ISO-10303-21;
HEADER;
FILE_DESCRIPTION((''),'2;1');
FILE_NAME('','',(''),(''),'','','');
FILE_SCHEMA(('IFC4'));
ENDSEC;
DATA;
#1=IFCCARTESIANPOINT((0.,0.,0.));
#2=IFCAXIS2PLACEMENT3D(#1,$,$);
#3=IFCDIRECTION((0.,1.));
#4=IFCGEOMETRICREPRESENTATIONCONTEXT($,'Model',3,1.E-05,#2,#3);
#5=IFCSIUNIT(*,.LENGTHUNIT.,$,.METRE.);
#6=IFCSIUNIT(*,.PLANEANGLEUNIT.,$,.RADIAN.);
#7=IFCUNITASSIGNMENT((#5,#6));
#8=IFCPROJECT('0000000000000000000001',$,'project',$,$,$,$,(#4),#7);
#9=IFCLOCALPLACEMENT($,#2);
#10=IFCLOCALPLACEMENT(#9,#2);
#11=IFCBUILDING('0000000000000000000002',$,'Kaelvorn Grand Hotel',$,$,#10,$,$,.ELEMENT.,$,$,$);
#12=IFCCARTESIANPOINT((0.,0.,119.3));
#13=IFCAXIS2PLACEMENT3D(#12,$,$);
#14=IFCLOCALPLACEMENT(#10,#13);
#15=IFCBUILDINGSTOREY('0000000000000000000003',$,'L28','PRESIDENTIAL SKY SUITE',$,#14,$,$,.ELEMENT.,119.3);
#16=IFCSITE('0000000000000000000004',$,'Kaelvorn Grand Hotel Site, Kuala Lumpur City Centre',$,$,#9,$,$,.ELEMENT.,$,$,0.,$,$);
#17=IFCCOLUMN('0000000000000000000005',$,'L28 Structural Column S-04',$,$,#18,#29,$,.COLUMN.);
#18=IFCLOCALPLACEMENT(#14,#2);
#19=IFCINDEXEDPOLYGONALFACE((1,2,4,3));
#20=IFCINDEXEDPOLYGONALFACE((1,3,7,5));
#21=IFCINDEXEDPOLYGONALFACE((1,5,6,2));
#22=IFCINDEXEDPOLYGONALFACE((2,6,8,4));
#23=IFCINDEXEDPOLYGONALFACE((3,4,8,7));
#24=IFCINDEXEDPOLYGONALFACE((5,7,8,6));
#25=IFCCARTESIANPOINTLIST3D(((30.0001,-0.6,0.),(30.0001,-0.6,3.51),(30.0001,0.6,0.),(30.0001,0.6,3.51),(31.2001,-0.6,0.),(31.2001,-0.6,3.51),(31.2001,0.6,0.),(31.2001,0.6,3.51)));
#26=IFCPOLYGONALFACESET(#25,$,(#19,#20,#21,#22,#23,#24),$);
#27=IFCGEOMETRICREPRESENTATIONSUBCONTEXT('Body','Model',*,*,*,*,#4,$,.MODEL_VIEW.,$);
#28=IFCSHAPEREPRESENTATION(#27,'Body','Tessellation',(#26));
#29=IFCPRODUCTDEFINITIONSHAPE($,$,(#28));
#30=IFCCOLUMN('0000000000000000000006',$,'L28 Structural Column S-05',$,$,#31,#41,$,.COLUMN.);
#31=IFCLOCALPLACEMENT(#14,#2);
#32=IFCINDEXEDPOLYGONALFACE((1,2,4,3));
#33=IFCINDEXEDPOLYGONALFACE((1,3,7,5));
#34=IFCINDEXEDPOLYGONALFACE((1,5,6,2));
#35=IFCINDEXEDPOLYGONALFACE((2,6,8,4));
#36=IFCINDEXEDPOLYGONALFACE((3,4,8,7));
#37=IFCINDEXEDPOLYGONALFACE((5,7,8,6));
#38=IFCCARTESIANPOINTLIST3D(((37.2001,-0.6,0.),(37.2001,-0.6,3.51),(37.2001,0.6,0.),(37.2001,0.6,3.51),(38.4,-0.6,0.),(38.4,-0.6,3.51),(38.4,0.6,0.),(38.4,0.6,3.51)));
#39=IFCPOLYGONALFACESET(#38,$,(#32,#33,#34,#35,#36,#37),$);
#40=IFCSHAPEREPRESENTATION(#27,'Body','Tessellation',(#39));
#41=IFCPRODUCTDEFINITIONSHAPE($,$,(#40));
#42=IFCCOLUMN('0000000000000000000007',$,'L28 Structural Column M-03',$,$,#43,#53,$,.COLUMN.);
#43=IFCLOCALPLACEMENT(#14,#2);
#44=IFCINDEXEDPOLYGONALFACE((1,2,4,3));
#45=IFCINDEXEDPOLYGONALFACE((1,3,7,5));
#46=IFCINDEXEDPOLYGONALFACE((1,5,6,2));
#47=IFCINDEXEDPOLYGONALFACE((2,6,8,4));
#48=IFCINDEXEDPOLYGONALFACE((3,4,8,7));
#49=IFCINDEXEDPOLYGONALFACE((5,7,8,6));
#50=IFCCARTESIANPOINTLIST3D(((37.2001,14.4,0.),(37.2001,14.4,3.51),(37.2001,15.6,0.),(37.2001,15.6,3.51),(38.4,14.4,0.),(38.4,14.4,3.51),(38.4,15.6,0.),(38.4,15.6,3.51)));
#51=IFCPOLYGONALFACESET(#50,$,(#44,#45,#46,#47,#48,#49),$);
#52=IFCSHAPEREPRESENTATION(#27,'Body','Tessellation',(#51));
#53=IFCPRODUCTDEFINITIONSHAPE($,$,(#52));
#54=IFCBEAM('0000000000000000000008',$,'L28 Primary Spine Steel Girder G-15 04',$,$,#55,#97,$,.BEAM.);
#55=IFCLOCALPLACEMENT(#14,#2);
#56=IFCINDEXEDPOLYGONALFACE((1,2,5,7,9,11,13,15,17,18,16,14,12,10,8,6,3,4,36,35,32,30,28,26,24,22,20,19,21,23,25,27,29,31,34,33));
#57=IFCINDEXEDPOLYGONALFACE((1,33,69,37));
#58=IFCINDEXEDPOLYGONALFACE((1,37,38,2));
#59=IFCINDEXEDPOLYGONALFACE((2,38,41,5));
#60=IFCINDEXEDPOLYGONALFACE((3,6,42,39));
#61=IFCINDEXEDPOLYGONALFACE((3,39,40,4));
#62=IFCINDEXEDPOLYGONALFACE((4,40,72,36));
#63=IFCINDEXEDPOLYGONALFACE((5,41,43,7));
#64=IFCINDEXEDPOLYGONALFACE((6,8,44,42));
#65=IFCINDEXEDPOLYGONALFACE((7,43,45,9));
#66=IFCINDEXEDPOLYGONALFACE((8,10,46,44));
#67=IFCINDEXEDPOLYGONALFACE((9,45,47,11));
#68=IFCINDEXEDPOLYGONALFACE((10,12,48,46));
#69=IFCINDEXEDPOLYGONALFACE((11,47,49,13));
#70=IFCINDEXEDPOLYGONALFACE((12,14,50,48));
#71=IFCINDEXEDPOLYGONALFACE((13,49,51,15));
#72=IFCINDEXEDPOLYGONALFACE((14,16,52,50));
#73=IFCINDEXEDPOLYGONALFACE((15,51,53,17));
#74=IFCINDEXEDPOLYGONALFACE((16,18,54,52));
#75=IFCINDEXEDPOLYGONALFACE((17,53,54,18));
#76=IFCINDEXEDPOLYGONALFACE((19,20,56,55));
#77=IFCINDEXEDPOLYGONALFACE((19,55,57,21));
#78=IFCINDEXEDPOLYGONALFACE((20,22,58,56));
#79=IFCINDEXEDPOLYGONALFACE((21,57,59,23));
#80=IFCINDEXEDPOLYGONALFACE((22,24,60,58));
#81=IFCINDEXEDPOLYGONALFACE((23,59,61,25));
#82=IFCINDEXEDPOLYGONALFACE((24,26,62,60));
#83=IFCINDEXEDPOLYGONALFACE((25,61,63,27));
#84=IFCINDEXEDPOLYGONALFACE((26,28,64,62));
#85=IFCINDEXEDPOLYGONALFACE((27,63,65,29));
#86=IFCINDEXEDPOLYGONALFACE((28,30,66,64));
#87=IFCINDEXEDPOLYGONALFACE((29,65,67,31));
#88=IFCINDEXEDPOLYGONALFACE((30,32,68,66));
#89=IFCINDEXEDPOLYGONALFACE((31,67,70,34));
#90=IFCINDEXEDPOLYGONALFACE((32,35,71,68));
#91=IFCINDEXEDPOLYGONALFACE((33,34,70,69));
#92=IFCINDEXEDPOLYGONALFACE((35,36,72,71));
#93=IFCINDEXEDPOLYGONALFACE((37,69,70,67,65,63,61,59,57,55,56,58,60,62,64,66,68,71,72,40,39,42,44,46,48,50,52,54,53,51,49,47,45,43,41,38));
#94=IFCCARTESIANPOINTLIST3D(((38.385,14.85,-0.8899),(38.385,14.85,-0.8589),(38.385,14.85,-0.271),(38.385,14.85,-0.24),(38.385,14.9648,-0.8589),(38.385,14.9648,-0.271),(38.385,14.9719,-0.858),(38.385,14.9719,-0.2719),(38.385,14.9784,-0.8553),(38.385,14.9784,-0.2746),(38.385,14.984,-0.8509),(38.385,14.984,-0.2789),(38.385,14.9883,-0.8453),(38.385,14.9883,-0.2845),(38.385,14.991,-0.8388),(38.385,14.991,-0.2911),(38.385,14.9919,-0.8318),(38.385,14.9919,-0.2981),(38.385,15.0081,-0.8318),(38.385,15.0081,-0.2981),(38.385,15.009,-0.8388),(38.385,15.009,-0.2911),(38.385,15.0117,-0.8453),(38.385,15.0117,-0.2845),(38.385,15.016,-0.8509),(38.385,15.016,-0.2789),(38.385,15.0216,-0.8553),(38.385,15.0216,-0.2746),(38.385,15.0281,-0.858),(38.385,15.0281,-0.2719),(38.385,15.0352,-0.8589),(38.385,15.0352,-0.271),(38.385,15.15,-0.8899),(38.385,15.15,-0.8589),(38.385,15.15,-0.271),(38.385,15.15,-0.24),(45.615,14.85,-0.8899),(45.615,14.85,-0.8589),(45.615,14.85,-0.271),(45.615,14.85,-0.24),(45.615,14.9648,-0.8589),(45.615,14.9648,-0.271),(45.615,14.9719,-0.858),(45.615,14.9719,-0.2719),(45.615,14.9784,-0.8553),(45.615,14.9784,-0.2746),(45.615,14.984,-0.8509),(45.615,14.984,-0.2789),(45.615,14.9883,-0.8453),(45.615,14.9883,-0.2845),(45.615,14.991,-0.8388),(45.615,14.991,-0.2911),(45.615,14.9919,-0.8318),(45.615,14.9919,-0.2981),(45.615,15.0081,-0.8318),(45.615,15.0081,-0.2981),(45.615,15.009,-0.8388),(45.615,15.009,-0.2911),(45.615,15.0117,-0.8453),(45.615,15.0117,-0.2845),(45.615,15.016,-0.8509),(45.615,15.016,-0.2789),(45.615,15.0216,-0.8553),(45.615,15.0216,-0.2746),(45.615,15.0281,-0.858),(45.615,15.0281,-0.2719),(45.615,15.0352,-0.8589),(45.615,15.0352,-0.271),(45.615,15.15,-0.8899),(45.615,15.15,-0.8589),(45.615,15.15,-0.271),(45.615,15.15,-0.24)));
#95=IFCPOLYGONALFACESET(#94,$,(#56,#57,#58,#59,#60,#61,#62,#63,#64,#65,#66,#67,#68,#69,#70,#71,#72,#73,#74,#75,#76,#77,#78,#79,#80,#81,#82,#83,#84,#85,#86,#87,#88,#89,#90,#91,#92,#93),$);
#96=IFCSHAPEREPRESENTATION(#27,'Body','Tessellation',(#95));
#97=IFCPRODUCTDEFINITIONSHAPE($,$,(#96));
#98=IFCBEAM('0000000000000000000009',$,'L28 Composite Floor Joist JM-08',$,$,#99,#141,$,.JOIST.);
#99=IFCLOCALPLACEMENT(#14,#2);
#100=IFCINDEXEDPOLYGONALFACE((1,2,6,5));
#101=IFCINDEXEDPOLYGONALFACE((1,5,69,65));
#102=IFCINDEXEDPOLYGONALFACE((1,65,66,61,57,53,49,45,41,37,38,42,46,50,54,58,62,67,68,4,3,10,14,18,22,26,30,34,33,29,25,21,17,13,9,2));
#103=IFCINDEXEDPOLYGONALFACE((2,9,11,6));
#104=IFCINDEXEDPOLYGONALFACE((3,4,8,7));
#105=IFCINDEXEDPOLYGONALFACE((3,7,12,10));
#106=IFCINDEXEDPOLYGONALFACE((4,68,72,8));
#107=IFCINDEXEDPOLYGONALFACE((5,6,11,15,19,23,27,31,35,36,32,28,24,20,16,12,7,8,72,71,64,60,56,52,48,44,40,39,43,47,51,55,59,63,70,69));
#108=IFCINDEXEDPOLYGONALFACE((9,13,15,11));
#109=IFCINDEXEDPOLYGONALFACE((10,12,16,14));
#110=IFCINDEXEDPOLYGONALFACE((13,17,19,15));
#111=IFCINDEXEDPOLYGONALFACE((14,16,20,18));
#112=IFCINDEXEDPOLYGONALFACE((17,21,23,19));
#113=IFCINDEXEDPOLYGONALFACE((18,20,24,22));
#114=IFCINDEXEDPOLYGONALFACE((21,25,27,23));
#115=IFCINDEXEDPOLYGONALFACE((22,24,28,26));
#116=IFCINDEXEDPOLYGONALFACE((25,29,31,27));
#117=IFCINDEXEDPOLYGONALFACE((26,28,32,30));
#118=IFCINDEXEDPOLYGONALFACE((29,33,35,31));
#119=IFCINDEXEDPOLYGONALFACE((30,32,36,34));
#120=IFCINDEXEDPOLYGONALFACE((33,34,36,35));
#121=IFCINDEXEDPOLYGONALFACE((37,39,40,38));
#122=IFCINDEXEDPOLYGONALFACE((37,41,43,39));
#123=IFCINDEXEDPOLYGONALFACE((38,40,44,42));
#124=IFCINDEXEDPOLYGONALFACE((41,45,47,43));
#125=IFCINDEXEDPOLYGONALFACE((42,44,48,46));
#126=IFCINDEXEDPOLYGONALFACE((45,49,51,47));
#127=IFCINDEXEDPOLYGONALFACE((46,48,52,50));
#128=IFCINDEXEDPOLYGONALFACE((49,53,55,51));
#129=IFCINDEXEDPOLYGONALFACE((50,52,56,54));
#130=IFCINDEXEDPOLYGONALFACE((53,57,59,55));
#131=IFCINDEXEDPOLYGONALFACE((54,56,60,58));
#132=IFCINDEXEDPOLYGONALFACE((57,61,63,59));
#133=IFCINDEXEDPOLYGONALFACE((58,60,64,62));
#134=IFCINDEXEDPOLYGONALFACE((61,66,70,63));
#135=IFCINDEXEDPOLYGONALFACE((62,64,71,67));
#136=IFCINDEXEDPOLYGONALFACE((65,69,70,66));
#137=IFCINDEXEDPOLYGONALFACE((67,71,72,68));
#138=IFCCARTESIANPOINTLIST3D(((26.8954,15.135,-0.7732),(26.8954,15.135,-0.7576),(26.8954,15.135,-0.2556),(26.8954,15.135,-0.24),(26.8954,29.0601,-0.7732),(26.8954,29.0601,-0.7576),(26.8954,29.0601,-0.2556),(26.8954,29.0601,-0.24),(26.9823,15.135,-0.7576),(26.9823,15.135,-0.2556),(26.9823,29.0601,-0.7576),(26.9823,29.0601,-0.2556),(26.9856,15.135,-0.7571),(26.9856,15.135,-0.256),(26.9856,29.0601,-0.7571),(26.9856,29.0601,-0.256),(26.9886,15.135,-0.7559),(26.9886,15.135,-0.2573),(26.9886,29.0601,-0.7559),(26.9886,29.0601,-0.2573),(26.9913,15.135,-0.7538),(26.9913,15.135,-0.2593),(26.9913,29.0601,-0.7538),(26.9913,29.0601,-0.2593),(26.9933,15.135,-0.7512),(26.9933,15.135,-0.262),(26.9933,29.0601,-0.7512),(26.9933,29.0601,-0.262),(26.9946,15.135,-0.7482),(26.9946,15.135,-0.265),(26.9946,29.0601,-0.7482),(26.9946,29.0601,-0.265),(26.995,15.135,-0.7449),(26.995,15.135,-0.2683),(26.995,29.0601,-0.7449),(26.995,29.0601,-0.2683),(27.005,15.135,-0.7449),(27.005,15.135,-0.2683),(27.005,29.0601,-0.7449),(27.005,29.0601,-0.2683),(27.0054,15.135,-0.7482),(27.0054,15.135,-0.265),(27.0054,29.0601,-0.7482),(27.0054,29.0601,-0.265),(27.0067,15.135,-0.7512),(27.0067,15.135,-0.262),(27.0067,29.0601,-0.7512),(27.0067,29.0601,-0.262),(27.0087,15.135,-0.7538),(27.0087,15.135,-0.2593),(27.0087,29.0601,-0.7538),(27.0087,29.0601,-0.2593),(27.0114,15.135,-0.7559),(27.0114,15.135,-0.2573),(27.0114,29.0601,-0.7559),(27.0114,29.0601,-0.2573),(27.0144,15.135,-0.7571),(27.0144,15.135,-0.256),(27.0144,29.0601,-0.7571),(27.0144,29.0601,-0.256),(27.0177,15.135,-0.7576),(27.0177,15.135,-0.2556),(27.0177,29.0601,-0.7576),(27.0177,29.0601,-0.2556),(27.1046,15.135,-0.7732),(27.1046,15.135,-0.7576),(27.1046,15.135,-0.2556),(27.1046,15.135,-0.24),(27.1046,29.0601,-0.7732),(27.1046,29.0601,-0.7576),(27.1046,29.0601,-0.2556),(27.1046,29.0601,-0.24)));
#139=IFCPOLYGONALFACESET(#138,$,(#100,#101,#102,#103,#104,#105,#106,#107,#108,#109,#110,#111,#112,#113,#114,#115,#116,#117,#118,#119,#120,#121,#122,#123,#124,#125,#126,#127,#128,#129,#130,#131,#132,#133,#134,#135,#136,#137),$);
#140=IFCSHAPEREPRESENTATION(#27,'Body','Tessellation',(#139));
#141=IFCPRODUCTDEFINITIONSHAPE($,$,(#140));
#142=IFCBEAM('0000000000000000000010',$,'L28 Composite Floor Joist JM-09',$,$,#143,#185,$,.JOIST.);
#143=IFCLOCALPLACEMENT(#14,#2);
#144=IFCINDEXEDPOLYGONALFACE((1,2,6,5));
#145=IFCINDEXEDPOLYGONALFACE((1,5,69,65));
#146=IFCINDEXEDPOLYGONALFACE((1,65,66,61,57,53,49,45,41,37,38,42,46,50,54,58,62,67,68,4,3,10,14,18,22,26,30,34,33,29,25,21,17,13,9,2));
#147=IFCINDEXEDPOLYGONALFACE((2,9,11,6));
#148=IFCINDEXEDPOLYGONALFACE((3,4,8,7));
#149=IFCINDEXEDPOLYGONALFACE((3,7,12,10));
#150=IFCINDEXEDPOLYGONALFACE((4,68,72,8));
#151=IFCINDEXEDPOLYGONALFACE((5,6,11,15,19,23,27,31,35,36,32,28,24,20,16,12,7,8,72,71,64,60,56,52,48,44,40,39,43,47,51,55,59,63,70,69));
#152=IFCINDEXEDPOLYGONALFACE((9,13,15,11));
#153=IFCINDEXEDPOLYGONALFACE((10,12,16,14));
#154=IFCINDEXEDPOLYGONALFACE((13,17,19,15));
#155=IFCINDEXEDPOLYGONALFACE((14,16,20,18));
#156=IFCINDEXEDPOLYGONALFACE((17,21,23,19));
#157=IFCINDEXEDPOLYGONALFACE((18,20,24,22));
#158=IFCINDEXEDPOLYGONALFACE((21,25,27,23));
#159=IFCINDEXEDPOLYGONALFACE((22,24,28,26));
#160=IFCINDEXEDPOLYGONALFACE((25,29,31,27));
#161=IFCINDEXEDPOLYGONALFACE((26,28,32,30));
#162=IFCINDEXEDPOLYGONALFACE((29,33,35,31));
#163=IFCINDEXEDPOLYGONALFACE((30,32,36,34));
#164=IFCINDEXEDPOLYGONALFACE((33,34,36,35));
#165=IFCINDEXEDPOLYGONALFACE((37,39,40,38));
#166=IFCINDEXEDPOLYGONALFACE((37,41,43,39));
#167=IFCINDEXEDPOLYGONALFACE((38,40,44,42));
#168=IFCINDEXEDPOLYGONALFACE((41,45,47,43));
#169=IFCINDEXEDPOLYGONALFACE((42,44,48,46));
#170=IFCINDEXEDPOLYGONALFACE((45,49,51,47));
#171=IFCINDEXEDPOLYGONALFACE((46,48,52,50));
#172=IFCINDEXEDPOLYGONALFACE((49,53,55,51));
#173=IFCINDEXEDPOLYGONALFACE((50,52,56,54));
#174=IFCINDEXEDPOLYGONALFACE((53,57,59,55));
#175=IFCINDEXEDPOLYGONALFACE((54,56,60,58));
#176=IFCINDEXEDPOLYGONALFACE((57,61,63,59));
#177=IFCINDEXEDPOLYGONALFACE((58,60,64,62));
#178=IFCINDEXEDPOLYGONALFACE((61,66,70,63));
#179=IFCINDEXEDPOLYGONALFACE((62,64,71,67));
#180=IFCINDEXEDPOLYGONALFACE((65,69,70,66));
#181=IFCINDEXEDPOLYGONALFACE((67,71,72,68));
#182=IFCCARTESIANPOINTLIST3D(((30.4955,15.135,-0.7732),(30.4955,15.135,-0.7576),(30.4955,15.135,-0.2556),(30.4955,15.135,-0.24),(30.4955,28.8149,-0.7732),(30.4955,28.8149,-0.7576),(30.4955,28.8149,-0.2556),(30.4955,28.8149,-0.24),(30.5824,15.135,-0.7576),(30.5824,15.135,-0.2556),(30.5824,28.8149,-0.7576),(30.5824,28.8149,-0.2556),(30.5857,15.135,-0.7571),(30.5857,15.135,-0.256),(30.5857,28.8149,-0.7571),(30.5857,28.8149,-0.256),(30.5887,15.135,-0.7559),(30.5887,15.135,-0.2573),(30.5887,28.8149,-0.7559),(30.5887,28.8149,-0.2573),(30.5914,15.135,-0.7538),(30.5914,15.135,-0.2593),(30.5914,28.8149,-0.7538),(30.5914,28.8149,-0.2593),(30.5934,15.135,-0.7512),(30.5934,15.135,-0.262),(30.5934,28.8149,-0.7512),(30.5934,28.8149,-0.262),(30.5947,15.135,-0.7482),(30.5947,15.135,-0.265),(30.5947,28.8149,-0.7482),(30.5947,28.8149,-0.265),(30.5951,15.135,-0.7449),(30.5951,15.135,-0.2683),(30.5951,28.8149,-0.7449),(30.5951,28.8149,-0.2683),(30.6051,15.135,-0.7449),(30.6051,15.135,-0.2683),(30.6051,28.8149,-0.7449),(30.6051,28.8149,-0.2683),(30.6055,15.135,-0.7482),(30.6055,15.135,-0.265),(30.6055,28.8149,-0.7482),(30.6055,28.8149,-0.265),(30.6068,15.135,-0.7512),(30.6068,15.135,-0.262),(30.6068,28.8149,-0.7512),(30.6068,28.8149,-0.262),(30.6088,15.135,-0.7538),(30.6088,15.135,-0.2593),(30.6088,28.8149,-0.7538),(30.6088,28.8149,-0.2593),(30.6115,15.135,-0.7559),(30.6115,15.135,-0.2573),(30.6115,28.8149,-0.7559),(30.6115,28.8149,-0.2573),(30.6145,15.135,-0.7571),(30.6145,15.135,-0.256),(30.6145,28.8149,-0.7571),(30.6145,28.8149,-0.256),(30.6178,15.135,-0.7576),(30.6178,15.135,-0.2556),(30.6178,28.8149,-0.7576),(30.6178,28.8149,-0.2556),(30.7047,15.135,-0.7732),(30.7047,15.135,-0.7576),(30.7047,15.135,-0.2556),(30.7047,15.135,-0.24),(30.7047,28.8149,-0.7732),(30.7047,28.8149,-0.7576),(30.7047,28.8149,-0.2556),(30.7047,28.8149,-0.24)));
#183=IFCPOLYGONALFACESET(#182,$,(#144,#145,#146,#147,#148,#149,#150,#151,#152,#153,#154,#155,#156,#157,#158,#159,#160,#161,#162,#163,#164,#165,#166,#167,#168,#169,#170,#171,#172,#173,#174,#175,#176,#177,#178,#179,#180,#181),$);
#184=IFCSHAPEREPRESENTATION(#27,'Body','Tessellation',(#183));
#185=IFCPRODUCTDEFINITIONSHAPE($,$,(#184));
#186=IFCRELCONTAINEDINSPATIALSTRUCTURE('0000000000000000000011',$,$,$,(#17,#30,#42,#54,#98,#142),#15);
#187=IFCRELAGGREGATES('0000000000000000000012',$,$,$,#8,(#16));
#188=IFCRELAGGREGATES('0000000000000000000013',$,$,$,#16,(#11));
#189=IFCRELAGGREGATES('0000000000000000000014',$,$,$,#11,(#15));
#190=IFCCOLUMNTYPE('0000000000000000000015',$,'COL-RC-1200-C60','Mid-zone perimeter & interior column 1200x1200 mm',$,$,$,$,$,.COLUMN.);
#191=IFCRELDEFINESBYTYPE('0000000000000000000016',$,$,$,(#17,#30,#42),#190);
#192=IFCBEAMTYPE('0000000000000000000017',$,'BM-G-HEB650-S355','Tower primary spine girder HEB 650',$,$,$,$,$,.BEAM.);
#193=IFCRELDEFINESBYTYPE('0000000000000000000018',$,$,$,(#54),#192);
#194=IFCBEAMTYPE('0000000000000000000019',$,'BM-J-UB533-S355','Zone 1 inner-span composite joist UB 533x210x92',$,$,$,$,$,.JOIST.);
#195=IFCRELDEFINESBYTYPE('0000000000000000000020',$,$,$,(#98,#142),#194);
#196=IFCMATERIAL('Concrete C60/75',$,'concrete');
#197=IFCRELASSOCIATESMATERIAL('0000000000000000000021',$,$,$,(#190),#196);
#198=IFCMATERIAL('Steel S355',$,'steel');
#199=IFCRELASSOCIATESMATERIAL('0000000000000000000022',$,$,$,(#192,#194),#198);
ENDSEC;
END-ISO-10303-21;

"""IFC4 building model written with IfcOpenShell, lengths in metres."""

from ifc_helpers import new_model, si_unit, direction, frame, origin, origin_2d, place, context, subcontext, project, spatial, rectangle, i_section, extrude, material, material_profile, profile_set, type_object, element, save


model = new_model("IFC4")

# Units and contexts
model_context = context("Model", 3, precision=1e-05, world=origin(), true_north=direction((0.0, 1.0)))
body_context = subcontext(model_context, "Body", "Model", "MODEL_VIEW")
ifc_project = project(units=[si_unit("LENGTHUNIT", "METRE"), si_unit("PLANEANGLEUNIT", "RADIAN")], contexts=[model_context])

# Site, building, storey
site_placement = place(None, origin())
site = spatial("IfcSite", under=ifc_project, at=site_placement, Name="Kaelvorn Grand Hotel Site, Kuala Lumpur City Centre", CompositionType="ELEMENT", RefElevation=0.0)
building_placement = place(site_placement, origin())
building = spatial("IfcBuilding", under=site, at=building_placement, Name="Kaelvorn Grand Hotel", CompositionType="ELEMENT")
storey_placement = place(building_placement, frame((0.0, 0.0, 119.3)))
storey = spatial("IfcBuildingStorey", under=building, at=storey_placement, Name="L28", Description="PRESIDENTIAL SKY SUITE", CompositionType="ELEMENT", Elevation=119.3)

# Columns
ifc_material_1 = material(Name="Concrete C60/75", Category="concrete")
ifc_material_profile_1 = material_profile(ifc_material_1, rectangle(XDim=1.2, YDim=1.2, at=origin_2d()), Name="RC COL 1200x1200")
ifc_profile_set_1 = profile_set([ifc_material_profile_1], Name="Concrete C60/75")
column_type = type_object("IfcColumnType", Name="COL-RC-1200-C60", Description="Mid-zone perimeter & interior column 1200x1200 mm", PredefinedType="COLUMN", material=ifc_profile_set_1)
for number, where, z_axis, x_axis, name in (
    (1, (30.6001, 0.0, 0.0), (0.0, 0.0, 1.0), (1.0, 0.0, 0.0), "L28 Structural Column S-04"),
    (2, (37.8, 0.0, 0.0), (0.0, 0.0, 1.0), (1.0, 0.0, 0.0), "L28 Structural Column S-05"),
    (3, (37.8, 15.0, 0.0), (0.0, 0.0, 1.0), (1.0, 0.0, 0.0), "L28 Structural Column M-03"),
):
    element("IfcColumn", number, at=place(storey_placement, frame(where, z_axis=z_axis, x_axis=x_axis)), inside=storey, type_object=column_type, Name=name, PredefinedType="COLUMN", context=body_context, shape_type="SweptSolid", body=[
        extrude(rectangle(XDim=1.2, YDim=1.2, at=origin_2d()), origin(), (0.0, 0.0, 1.0), 3.51),
    ])

# Beams
ifc_material_2 = material(Name="Steel S355", Category="steel")
ifc_material_profile_2 = material_profile(ifc_material_2, i_section(OverallWidth=0.3, OverallDepth=0.6499, WebThickness=0.0161, FlangeThickness=0.031, FilletRadius=0.0271, at=origin_2d()), Name="HEB 650")
ifc_profile_set_2 = profile_set([ifc_material_profile_2], Name="Steel S355")
beam_type_1 = type_object("IfcBeamType", Name="BM-G-HEB650-S355", Description="Tower primary spine girder HEB 650", PredefinedType="BEAM", material=ifc_profile_set_2)
beam_1_placement = place(storey_placement, frame((38.385, 15.0, -0.5649), z_axis=(1.0, 0.0, 0.0), x_axis=(0.0, 1.0, 0.0)))
element("IfcBeam", 4, at=beam_1_placement, inside=storey, type_object=beam_type_1, Name="L28 Primary Spine Steel Girder G-15 04", PredefinedType="BEAM", context=body_context, shape_type="SweptSolid", body=[
    extrude(i_section(OverallWidth=0.3, OverallDepth=0.6499, WebThickness=0.0161, FlangeThickness=0.031, FilletRadius=0.0271, at=origin_2d()), origin(), (0.0, 0.0, 1.0), 7.23),
])
ifc_material_profile_3 = material_profile(ifc_material_2, i_section(OverallWidth=0.2092, OverallDepth=0.5332, WebThickness=0.01, FlangeThickness=0.0156, FilletRadius=0.0127, at=origin_2d()), Name="UB 533x210x92")
ifc_profile_set_3 = profile_set([ifc_material_profile_3], Name="Steel S355")
beam_type_2 = type_object("IfcBeamType", Name="BM-J-UB533-S355", Description="Zone 1 inner-span composite joist UB 533x210x92", PredefinedType="JOIST", material=ifc_profile_set_3)
beam_2_placement = place(storey_placement, frame((27.0, 15.135, -0.5066), z_axis=(0.0, 1.0, 0.0), x_axis=(-1.0, 0.0, 0.0)))
element("IfcBeam", 5, at=beam_2_placement, inside=storey, type_object=beam_type_2, Name="L28 Composite Floor Joist JM-08", PredefinedType="JOIST", context=body_context, shape_type="SweptSolid", body=[
    extrude(i_section(OverallWidth=0.2092, OverallDepth=0.5332, WebThickness=0.01, FlangeThickness=0.0156, FilletRadius=0.0127, at=origin_2d()), origin(), (0.0, 0.0, 1.0), 13.925),
])
beam_3_placement = place(storey_placement, frame((30.6001, 15.135, -0.5066), z_axis=(0.0, 1.0, 0.0), x_axis=(-1.0, 0.0, 0.0)))
element("IfcBeam", 6, at=beam_3_placement, inside=storey, type_object=beam_type_2, Name="L28 Composite Floor Joist JM-09", PredefinedType="JOIST", context=body_context, shape_type="SweptSolid", body=[
    extrude(i_section(OverallWidth=0.2092, OverallDepth=0.5332, WebThickness=0.01, FlangeThickness=0.0156, FilletRadius=0.0127, at=origin_2d()), origin(), (0.0, 0.0, 1.0), 13.6799),
])

save(model, "model.ifc")
